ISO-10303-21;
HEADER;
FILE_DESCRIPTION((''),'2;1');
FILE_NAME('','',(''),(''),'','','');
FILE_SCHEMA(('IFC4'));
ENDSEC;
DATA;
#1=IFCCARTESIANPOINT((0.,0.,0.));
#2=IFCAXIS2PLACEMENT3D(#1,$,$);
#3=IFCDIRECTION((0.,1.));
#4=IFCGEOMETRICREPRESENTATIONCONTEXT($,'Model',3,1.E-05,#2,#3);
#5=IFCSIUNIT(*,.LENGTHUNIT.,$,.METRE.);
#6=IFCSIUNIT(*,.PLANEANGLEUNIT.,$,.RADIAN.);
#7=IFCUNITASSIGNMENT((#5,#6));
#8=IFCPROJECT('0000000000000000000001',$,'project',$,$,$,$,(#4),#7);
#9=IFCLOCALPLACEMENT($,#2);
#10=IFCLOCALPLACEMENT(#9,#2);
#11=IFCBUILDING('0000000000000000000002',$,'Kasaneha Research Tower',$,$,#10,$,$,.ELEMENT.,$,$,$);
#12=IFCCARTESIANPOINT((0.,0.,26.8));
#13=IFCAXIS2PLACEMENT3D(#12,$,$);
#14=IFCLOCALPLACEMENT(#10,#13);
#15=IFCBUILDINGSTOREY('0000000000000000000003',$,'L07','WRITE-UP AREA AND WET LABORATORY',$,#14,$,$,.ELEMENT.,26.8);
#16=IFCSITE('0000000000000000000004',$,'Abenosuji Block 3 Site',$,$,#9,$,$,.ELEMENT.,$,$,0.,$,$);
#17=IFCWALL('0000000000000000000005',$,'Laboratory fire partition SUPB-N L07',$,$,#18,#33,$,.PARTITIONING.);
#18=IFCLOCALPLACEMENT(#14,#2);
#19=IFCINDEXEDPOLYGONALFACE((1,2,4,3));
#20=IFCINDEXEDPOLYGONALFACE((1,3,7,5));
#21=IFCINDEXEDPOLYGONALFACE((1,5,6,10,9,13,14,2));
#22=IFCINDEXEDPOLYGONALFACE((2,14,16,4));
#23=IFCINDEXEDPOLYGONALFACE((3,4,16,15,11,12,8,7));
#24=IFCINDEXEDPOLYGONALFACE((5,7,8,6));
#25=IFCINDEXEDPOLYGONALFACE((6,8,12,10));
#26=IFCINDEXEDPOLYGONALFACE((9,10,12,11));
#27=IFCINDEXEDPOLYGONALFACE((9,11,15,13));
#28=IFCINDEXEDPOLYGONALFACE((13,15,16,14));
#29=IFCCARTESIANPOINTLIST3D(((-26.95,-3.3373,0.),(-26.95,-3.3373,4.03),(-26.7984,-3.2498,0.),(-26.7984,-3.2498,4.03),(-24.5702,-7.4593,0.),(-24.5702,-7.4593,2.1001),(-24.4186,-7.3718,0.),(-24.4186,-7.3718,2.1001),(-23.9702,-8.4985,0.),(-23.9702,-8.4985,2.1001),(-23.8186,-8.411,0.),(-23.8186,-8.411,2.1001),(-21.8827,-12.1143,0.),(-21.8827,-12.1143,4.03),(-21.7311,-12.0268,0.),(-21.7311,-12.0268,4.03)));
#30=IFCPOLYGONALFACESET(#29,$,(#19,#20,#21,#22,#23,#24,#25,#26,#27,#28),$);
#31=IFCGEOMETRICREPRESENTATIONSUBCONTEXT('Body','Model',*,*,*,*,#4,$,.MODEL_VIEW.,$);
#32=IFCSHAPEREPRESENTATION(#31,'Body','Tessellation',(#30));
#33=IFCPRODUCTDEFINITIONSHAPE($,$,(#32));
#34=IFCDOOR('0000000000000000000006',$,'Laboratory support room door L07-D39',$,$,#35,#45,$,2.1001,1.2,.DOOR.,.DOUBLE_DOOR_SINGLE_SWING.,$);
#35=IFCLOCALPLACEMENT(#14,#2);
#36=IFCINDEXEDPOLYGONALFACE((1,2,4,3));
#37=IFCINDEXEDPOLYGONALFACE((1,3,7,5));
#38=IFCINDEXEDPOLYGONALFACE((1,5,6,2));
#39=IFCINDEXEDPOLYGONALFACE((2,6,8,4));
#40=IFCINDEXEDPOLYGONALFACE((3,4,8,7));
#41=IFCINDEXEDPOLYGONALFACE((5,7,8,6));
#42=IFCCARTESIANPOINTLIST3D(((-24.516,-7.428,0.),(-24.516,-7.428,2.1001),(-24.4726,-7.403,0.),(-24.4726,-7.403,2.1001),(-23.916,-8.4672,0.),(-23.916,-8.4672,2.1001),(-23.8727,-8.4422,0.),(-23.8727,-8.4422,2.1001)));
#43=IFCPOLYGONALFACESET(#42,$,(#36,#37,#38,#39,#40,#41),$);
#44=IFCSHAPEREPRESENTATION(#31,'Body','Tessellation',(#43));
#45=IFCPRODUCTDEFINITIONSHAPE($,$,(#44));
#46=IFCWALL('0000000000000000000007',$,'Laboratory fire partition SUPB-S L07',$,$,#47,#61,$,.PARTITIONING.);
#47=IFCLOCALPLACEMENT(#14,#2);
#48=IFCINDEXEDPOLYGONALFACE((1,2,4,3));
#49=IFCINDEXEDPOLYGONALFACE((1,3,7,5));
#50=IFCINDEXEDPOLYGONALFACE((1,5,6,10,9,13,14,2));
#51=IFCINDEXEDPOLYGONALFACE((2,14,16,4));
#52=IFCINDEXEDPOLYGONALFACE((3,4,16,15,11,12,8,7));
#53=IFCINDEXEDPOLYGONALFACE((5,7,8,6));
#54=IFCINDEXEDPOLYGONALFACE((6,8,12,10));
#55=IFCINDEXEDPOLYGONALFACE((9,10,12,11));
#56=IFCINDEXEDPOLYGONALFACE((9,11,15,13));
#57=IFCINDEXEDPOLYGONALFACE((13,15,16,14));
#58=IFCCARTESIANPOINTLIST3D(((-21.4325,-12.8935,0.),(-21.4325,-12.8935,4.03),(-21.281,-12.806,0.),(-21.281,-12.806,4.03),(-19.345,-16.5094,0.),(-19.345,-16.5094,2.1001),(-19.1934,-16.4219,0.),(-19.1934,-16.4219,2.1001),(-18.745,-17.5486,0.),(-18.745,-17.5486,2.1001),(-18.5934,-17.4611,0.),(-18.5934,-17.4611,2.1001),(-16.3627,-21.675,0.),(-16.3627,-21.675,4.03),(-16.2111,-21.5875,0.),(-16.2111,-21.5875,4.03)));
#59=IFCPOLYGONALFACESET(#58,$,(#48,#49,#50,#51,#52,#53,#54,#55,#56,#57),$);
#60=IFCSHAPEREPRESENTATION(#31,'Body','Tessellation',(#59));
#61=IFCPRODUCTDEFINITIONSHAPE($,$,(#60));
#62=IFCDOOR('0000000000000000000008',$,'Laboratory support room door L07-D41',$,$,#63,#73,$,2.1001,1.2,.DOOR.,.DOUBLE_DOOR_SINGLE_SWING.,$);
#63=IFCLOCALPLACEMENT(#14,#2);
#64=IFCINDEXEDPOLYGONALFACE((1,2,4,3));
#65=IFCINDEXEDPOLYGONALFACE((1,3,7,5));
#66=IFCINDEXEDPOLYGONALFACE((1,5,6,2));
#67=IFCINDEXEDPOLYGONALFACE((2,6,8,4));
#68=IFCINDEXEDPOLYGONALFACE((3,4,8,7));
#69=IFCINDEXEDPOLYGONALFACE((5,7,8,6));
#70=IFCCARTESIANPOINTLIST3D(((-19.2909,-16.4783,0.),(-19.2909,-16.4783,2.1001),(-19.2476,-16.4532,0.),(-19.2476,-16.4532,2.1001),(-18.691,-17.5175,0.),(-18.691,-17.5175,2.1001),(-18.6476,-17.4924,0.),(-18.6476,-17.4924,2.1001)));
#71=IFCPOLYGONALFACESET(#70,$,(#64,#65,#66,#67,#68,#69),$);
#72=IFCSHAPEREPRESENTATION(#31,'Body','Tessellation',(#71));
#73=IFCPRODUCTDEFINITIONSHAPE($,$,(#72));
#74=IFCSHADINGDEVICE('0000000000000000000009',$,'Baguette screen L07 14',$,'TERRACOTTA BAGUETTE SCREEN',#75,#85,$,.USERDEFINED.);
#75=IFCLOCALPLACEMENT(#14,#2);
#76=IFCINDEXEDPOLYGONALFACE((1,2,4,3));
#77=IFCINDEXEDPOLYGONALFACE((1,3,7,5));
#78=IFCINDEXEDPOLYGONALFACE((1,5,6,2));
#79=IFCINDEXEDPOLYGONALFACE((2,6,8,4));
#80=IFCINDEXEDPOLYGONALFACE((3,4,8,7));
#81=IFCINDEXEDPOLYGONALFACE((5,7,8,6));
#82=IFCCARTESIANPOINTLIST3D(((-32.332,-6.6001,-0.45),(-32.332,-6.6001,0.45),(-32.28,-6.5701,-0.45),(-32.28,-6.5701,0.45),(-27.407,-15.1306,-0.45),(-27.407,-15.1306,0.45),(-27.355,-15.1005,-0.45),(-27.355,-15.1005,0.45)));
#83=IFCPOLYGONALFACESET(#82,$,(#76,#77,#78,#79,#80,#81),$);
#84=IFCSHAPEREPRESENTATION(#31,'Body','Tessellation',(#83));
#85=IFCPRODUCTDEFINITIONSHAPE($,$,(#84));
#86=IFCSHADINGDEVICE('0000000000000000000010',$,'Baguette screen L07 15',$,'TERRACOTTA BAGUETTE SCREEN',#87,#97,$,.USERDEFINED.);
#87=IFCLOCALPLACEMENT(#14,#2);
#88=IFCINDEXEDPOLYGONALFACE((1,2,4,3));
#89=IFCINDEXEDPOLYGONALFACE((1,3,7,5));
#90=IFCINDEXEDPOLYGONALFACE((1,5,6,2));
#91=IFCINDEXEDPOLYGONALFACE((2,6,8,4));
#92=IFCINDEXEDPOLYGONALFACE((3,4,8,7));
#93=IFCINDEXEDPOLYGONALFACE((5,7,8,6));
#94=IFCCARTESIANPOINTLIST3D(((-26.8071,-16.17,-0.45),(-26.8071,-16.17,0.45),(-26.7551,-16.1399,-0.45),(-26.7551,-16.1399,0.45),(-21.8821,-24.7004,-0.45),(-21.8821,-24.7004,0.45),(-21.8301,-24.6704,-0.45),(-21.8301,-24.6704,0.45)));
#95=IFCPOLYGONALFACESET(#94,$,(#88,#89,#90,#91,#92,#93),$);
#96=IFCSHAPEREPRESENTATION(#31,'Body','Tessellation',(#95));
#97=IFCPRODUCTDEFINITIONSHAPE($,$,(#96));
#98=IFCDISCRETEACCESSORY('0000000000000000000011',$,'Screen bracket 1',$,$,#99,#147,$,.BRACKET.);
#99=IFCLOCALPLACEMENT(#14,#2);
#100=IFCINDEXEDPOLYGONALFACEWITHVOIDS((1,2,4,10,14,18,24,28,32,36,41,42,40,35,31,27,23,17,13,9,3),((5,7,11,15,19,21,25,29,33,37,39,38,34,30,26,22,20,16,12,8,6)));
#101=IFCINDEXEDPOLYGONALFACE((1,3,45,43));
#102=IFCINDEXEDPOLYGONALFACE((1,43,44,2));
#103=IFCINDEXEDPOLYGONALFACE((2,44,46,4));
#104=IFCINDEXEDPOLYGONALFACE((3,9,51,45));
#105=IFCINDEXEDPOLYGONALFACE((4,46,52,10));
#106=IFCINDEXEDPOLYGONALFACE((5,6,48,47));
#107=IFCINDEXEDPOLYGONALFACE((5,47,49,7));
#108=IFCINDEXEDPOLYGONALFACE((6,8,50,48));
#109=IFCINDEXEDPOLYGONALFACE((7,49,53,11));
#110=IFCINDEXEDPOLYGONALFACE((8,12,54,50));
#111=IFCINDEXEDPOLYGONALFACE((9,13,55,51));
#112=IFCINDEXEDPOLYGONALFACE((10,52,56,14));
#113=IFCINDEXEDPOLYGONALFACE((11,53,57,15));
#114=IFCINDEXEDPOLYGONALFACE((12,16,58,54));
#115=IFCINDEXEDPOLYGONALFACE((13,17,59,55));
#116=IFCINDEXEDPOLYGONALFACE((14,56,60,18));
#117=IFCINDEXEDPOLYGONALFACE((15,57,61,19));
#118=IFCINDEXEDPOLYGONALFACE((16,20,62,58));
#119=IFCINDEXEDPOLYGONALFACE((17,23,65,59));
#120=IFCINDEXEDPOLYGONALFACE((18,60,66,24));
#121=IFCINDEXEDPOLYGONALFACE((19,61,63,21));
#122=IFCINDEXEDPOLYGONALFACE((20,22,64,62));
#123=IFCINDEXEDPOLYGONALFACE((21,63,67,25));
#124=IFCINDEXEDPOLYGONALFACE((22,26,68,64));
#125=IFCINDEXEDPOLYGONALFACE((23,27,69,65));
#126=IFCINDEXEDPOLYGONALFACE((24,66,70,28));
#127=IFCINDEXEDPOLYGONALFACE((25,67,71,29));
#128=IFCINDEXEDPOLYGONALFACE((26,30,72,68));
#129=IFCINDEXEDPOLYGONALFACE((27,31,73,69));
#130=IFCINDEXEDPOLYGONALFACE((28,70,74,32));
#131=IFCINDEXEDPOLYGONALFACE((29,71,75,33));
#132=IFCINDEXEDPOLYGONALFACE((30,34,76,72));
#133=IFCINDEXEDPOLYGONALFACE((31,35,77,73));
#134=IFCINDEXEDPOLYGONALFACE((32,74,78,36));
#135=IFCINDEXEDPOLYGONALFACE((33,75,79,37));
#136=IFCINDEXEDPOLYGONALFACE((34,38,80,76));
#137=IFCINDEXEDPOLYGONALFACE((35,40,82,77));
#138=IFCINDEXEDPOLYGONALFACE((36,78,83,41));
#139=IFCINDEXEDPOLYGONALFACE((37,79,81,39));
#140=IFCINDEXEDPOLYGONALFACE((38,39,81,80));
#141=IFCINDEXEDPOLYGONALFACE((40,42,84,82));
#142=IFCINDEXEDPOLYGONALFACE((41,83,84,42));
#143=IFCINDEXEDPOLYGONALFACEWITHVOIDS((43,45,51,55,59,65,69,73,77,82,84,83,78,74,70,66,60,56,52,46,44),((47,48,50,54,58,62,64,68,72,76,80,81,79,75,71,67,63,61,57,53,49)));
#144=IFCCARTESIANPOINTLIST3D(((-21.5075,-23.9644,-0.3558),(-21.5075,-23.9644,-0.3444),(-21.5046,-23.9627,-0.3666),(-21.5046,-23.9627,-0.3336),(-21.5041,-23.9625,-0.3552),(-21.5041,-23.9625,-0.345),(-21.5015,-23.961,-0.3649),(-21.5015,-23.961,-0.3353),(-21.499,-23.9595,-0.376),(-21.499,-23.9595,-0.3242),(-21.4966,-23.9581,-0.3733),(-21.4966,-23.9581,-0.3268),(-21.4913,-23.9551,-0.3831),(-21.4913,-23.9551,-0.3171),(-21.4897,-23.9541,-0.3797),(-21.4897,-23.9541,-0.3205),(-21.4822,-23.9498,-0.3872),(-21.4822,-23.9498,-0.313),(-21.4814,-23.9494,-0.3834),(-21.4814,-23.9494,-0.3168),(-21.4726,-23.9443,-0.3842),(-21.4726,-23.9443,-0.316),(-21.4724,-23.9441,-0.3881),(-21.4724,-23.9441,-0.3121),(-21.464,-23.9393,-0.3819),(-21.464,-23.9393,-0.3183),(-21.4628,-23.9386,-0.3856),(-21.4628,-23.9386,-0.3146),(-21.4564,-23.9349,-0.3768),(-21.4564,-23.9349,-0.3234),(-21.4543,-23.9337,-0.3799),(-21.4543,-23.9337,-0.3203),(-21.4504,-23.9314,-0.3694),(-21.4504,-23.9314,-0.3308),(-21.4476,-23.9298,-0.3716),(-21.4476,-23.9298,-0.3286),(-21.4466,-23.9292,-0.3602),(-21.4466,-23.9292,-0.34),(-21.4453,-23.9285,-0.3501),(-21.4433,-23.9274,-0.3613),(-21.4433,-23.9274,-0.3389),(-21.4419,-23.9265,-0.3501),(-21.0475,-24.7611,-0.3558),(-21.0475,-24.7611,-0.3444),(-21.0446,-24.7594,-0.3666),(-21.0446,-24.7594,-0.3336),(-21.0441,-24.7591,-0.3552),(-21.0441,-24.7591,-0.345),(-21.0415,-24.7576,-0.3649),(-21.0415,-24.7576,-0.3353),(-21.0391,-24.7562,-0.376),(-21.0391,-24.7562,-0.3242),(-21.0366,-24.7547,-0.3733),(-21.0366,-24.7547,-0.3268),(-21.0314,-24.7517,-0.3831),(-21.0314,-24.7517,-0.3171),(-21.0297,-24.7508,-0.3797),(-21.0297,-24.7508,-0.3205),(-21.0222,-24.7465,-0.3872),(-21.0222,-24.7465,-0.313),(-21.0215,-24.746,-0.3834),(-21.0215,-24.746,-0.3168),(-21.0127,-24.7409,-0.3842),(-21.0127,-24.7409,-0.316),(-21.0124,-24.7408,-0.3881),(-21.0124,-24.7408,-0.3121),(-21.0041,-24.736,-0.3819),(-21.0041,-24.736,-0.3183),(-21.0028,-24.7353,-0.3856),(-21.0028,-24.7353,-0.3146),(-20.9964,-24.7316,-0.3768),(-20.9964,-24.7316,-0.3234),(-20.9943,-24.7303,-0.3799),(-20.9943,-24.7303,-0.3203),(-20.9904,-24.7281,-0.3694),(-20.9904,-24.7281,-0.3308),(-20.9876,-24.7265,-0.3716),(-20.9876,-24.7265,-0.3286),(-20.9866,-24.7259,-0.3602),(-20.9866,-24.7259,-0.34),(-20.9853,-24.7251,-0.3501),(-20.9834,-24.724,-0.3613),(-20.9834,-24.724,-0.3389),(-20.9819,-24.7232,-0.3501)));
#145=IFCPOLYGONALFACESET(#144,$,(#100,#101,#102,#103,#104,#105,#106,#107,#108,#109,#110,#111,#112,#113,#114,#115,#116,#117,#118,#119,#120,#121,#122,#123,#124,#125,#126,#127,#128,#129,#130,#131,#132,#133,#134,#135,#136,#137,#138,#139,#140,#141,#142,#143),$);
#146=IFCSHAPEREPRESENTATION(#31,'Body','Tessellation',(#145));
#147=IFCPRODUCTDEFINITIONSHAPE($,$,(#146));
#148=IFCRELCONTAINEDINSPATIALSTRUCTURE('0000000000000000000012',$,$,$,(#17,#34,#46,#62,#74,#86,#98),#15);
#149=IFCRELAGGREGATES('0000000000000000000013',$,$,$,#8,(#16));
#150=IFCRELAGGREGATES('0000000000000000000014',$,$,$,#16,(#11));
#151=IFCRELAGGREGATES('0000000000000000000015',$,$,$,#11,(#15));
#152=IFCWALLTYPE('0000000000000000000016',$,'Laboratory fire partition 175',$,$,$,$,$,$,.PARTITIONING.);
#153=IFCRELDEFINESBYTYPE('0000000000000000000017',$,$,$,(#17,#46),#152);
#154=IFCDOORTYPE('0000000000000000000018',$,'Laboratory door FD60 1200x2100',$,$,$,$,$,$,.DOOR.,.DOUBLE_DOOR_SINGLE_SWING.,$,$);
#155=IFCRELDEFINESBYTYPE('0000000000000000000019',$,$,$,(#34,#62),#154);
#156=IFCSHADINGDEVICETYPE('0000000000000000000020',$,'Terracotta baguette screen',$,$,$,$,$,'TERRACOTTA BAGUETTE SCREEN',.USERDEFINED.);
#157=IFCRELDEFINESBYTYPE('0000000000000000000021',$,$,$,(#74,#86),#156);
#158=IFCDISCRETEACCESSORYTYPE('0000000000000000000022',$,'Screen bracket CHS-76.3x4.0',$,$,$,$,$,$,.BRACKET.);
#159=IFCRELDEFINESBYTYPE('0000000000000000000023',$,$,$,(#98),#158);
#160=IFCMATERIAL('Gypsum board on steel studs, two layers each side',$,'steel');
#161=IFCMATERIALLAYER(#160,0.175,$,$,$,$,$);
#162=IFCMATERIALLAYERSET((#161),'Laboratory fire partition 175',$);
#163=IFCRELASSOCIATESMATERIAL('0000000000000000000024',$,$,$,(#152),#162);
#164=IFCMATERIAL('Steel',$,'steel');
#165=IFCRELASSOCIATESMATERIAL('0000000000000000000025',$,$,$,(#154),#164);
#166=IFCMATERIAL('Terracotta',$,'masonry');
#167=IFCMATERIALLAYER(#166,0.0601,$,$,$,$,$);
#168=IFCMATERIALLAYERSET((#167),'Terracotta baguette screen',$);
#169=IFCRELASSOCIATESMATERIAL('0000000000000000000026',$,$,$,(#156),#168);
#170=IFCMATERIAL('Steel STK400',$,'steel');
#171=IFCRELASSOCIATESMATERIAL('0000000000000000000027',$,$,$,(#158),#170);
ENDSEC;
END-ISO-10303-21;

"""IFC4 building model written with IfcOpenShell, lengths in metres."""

from ifc_helpers import new_model, si_unit, direction, frame, frame_2d, origin, origin_2d, place, context, subcontext, project, spatial, rectangle, hollow_circle, extrude, material, layer, layer_set, material_profile, profile_set, type_object, element, fill, save


model = new_model("IFC4")

# Units and contexts
model_context = context("Model", 3, precision=1e-05, world=origin(), true_north=direction((0.0, 1.0)))
body_context = subcontext(model_context, "Body", "Model", "MODEL_VIEW")
ifc_project = project(units=[si_unit("LENGTHUNIT", "METRE"), si_unit("PLANEANGLEUNIT", "RADIAN")], contexts=[model_context])

# Site, building, storey
site_placement = place(None, origin())
site = spatial("IfcSite", under=ifc_project, at=site_placement, Name="Abenosuji Block 3 Site", CompositionType="ELEMENT", RefElevation=0.0)
building_placement = place(site_placement, origin())
building = spatial("IfcBuilding", under=site, at=building_placement, Name="Kasaneha Research Tower", CompositionType="ELEMENT")
storey_placement = place(building_placement, frame((0.0, 0.0, 26.8)))
storey = spatial("IfcBuildingStorey", under=building, at=storey_placement, Name="L07", Description="WRITE-UP AREA AND WET LABORATORY", CompositionType="ELEMENT", Elevation=26.8)

# Walls, openings, doors
ifc_material_1 = material(Name="Gypsum board on steel studs, two layers each side", Category="steel")
ifc_layer_1 = layer(ifc_material_1, 0.175)
ifc_layer_set_1 = layer_set([ifc_layer_1], Name="Laboratory fire partition 175")
wall_type = type_object("IfcWallType", Name="Laboratory fire partition 175", PredefinedType="PARTITIONING", material=ifc_layer_set_1)
wall_1_placement = place(storey_placement, frame((-21.8069, -12.0706, 0.0), z_axis=(0.0, 0.0, 1.0), x_axis=(-0.499994, 0.866029, 0.0)))
wall_1 = element("IfcWall", 1, at=wall_1_placement, inside=storey, type_object=wall_type, Name="Laboratory fire partition SUPB-N L07", PredefinedType="PARTITIONING", context=body_context, shape_type="SweptSolid", body=[
    extrude(rectangle(XDim=10.1348, YDim=0.175, at=frame_2d((5.0674, 0.0))), origin(), (0.0, 0.0, 1.0), 4.03),
])
opening_1_placement = place(wall_1_placement, frame((4.175, 0.0, 0.0)))
opening_1 = element("IfcOpeningElement", 2, at=opening_1_placement, cuts=wall_1, PredefinedType="OPENING", context=body_context, shape_type="SweptSolid", body=[
    extrude(rectangle(XDim=1.2, YDim=2.1001, at=frame_2d((0.6001, 1.05))), frame((0.0, 0.0977, 0.0), z_axis=(0.0, -1.0, 0.0), x_axis=(1.0, 0.0, 0.0)), (0.0, 0.0, 1.0), 0.1951),
])
ifc_material_2 = material(Name="Steel", Category="steel")
door_type = type_object("IfcDoorType", Name="Laboratory door FD60 1200x2100", OperationType="DOUBLE_DOOR_SINGLE_SWING", PredefinedType="DOOR", material=ifc_material_2)
door_1_placement = place(opening_1_placement, origin())
door_1 = element("IfcDoor", 3, at=door_1_placement, inside=storey, type_object=door_type, Name="Laboratory support room door L07-D39", OperationType="DOUBLE_DOOR_SINGLE_SWING", OverallHeight=2.1001, OverallWidth=1.2, PredefinedType="DOOR", context=body_context, shape_type="SweptSolid", body=[
    extrude(rectangle(XDim=1.2, YDim=2.1001, at=frame_2d((0.6001, 1.05))), frame((0.0, 0.0249, 0.0), z_axis=(0.0, -1.0, 0.0), x_axis=(1.0, 0.0, 0.0)), (0.0, 0.0, 1.0), 0.05),
])
fill(opening_1, door_1)
wall_2_placement = place(storey_placement, frame((-21.3567, -12.8499, 0.0), z_axis=(0.0, 0.0, 1.0), x_axis=(0.499987, -0.866033, 0.0)))
wall_2 = element("IfcWall", 4, at=wall_2_placement, inside=storey, type_object=wall_type, Name="Laboratory fire partition SUPB-S L07", PredefinedType="PARTITIONING", context=body_context, shape_type="SweptSolid", body=[
    extrude(rectangle(XDim=10.1399, YDim=0.175, at=frame_2d((5.0698, 0.0))), origin(), (0.0, 0.0, 1.0), 4.03),
])
opening_2_placement = place(wall_2_placement, frame((4.175, 0.0, 0.0)))
opening_2 = element("IfcOpeningElement", 5, at=opening_2_placement, cuts=wall_2, PredefinedType="OPENING", context=body_context, shape_type="SweptSolid", body=[
    extrude(rectangle(XDim=1.2, YDim=2.1001, at=frame_2d((0.6001, 1.05))), frame((0.0, 0.0977, 0.0), z_axis=(0.0, -1.0, 0.0), x_axis=(1.0, 0.0, 0.0)), (0.0, 0.0, 1.0), 0.1951),
])
door_2_placement = place(opening_2_placement, origin())
door_2 = element("IfcDoor", 6, at=door_2_placement, inside=storey, type_object=door_type, Name="Laboratory support room door L07-D41", OperationType="DOUBLE_DOOR_SINGLE_SWING", OverallHeight=2.1001, OverallWidth=1.2, PredefinedType="DOOR", context=body_context, shape_type="SweptSolid", body=[
    extrude(rectangle(XDim=1.2, YDim=2.1001, at=frame_2d((0.6001, 1.05))), frame((0.0, 0.0249, 0.0), z_axis=(0.0, -1.0, 0.0), x_axis=(1.0, 0.0, 0.0)), (0.0, 0.0, 1.0), 0.05),
])
fill(opening_2, door_2)

# Shading devices
ifc_material_3 = material(Name="Terracotta", Category="masonry")
ifc_layer_2 = layer(ifc_material_3, 0.0601)
ifc_layer_set_2 = layer_set([ifc_layer_2], Name="Terracotta baguette screen")
shading_device_type = type_object("IfcShadingDeviceType", Name="Terracotta baguette screen", ElementType="TERRACOTTA BAGUETTE SCREEN", PredefinedType="USERDEFINED", material=ifc_layer_set_2)
for number, where, z_axis, x_axis, name in (
    (7, (-29.8435, -10.8503, -0.45), (0.0, 0.0, 1.0), (0.5, -0.866025, 0.0), "Baguette screen L07 14"),
    (8, (-24.3186, -20.4202, -0.45), (0.0, 0.0, 1.0), (0.5, -0.866025, 0.0), "Baguette screen L07 15"),
):
    element("IfcShadingDevice", number, at=place(storey_placement, frame(where, z_axis=z_axis, x_axis=x_axis)), inside=storey, type_object=shading_device_type, Name=name, ObjectType="TERRACOTTA BAGUETTE SCREEN", PredefinedType="USERDEFINED", context=body_context, shape_type="SweptSolid", body=[
        extrude(rectangle(XDim=9.8501, YDim=0.0601, at=origin_2d()), origin(), (0.0, 0.0, 1.0), 0.8999),
    ])

# Discrete accessory
ifc_material_4 = material(Name="Steel STK400", Category="steel")
ifc_material_profile_1 = material_profile(ifc_material_4, hollow_circle(Radius=0.0381, WallThickness=0.0039, at=origin_2d()), Name="CHS-76.3x4.0")
ifc_profile_set_1 = profile_set([ifc_material_profile_1], Name="Steel STK400")
discrete_accessory_type = type_object("IfcDiscreteAccessoryType", Name="Screen bracket CHS-76.3x4.0", PredefinedType="BRACKET", material=ifc_profile_set_1)
for number, where, z_axis, x_axis, name in (
    (9, (-21.4749, -23.9456, -0.3501), (0.500021, -0.866013, 0.0), (0.866013, 0.500021, 0.0), "Screen bracket 1"),
):
    element("IfcDiscreteAccessory", number, at=place(storey_placement, frame(where, z_axis=z_axis, x_axis=x_axis)), inside=storey, type_object=discrete_accessory_type, Name=name, PredefinedType="BRACKET", context=body_context, shape_type="SweptSolid", body=[
        extrude(hollow_circle(Radius=0.0381, WallThickness=0.0039, at=origin_2d()), origin(), (0.0, 0.0, 1.0), 0.9199),
    ])

save(model, "model.ifc")
